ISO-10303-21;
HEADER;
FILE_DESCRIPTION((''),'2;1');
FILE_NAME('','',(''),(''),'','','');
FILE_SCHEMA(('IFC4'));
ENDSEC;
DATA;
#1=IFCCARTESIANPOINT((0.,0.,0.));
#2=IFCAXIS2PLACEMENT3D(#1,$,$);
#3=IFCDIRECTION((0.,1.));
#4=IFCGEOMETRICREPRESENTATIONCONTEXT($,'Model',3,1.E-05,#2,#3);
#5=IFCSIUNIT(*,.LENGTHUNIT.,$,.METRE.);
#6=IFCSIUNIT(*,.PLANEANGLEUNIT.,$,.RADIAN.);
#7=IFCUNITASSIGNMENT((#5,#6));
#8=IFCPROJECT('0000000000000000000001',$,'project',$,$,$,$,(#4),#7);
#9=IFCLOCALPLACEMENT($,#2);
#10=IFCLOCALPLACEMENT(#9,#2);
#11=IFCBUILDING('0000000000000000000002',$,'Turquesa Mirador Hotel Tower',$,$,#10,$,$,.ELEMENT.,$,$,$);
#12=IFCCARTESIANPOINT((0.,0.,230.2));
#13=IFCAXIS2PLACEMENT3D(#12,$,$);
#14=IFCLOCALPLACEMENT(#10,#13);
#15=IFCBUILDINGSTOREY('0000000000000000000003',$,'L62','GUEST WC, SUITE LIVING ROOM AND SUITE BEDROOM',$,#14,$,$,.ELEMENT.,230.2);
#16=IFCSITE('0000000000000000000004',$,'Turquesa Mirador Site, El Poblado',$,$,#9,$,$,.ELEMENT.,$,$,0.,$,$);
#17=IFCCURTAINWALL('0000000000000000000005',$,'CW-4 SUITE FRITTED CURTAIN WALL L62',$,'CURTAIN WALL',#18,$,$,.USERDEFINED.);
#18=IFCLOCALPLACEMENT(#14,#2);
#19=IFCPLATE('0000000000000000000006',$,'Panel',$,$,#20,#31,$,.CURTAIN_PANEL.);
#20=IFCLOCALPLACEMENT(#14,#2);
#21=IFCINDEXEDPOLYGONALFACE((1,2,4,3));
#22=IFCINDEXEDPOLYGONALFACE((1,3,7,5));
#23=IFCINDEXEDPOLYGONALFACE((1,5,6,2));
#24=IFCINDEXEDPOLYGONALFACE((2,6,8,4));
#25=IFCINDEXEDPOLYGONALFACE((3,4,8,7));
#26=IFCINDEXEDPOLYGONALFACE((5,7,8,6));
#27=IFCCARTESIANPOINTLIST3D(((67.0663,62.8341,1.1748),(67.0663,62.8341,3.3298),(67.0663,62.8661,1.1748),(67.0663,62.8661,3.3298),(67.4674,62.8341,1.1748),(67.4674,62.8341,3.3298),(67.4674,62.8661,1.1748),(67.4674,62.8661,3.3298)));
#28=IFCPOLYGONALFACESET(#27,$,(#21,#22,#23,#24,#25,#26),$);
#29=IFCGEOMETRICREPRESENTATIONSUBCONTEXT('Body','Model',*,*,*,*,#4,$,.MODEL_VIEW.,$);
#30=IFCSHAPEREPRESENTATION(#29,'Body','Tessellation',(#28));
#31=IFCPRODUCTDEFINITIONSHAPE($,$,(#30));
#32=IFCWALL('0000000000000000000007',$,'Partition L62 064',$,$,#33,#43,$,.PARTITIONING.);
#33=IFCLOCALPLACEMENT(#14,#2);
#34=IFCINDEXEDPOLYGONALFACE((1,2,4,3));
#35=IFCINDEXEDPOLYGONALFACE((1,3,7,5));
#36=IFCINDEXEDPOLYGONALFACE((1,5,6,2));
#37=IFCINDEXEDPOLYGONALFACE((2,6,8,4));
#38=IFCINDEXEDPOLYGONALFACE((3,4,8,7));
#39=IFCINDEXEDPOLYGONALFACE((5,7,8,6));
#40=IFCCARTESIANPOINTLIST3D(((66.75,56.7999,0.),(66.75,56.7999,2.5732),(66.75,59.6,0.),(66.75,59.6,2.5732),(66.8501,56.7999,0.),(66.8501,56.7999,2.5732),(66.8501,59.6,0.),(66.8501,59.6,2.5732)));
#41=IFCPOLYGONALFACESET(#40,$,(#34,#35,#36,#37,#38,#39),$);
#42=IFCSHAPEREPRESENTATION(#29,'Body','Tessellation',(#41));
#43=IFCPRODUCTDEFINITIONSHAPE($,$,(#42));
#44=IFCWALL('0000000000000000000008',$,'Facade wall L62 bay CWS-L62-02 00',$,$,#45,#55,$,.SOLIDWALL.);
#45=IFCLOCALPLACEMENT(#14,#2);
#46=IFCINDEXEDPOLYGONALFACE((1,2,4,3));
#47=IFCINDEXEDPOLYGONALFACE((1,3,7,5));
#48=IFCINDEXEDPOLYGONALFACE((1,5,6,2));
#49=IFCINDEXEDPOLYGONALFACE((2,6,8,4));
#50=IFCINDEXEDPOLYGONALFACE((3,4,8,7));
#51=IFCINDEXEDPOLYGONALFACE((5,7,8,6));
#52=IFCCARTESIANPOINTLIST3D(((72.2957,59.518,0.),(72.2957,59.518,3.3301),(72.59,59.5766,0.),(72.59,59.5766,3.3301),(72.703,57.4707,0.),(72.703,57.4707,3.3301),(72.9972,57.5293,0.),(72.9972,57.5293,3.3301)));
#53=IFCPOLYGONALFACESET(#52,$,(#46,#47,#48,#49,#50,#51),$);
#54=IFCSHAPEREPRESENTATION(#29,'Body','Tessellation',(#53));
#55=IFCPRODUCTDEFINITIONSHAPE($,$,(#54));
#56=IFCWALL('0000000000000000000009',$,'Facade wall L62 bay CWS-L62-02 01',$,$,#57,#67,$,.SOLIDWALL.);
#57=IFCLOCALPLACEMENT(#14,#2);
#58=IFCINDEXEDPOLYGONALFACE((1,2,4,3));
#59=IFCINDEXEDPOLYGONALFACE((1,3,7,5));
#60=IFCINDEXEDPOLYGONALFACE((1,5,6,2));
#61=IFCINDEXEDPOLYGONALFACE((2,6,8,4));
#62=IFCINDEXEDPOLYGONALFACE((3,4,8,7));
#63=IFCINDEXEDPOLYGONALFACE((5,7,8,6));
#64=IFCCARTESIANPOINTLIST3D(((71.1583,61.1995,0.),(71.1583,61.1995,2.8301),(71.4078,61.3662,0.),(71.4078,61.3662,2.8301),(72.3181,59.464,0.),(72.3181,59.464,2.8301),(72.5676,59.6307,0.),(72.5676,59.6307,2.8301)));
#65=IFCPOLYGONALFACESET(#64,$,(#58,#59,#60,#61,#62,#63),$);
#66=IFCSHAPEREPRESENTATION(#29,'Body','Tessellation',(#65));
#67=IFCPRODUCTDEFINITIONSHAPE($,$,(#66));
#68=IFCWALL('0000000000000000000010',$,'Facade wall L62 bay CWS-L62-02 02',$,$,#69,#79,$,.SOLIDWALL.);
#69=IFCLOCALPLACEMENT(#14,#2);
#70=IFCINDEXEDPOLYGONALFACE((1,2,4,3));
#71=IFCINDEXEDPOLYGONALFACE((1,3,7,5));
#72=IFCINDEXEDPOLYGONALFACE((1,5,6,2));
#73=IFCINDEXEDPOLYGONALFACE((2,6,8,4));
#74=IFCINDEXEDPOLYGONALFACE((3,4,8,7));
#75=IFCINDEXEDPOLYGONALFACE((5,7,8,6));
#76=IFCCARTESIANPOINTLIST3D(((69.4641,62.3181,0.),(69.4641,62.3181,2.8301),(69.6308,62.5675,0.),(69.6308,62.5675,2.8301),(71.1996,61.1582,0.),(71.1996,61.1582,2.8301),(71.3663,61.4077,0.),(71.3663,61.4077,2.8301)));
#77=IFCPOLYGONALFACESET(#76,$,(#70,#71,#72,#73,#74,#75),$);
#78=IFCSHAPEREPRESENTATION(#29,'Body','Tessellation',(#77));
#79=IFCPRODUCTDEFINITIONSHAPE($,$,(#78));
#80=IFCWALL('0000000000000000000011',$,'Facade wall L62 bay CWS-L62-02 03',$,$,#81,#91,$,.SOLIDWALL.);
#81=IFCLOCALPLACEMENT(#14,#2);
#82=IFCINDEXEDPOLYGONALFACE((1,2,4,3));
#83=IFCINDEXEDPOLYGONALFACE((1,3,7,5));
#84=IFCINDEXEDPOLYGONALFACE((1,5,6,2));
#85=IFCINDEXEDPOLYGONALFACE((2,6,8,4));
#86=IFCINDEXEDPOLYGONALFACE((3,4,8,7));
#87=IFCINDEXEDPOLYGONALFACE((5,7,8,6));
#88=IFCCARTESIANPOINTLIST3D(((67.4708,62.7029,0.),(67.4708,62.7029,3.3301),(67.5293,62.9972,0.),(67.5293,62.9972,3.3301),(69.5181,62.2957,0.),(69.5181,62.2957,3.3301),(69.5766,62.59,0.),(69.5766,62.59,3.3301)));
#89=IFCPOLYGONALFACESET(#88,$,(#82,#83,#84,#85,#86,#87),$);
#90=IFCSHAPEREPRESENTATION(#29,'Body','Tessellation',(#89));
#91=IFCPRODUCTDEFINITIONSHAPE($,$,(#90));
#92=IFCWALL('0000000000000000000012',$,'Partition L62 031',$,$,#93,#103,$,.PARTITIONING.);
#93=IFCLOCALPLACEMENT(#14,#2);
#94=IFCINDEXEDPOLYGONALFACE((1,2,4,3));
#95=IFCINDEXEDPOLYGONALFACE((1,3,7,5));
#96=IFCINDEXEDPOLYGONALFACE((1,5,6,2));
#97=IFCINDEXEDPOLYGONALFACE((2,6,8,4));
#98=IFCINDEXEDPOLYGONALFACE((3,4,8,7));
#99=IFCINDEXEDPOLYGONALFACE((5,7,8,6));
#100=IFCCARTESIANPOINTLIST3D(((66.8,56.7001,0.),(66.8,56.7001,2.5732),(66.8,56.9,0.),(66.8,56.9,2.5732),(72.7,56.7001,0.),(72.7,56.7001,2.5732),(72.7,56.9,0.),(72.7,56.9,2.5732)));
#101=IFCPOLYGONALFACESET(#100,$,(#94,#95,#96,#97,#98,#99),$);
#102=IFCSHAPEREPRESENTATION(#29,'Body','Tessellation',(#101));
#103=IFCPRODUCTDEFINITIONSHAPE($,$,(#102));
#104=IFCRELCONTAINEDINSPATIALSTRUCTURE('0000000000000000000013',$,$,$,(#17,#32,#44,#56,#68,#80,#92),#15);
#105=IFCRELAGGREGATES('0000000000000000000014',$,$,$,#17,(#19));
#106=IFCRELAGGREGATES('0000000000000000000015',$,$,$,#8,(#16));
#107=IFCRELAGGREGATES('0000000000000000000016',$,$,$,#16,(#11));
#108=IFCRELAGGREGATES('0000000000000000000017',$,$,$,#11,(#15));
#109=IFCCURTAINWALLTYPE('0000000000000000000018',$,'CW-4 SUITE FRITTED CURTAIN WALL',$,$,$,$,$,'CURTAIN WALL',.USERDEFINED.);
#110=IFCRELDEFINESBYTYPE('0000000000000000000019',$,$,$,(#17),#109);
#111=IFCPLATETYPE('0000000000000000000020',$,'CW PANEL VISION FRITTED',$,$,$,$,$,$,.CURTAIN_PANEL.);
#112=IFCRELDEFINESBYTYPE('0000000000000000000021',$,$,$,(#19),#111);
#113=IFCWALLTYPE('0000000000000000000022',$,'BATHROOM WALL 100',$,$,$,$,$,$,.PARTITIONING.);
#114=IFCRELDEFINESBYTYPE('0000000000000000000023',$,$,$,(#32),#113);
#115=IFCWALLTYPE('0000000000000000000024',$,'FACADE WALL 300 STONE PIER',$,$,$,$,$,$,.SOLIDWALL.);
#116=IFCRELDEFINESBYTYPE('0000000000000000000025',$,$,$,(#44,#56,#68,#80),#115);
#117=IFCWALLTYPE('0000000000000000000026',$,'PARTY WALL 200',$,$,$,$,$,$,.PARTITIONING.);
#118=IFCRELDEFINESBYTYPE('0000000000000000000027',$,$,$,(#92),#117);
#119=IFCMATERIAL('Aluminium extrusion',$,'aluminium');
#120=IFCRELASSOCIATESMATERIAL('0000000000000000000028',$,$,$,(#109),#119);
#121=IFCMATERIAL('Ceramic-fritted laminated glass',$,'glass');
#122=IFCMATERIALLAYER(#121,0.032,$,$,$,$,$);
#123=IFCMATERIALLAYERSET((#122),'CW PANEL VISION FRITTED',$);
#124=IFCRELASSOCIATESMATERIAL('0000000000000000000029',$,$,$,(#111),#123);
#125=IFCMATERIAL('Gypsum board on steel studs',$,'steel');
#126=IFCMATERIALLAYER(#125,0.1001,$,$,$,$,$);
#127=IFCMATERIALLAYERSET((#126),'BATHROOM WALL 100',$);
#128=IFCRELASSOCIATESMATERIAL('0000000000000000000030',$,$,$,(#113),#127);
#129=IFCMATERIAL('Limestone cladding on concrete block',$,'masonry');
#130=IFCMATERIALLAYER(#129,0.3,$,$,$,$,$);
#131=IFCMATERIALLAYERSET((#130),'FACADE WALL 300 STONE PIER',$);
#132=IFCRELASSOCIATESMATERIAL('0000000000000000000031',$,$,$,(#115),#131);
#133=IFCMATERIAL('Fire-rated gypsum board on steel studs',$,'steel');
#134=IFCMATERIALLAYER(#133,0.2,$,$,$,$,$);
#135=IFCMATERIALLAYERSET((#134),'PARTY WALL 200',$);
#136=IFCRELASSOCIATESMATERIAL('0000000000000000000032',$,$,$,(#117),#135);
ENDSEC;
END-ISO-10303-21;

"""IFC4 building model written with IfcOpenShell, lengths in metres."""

from ifc_helpers import new_model, si_unit, direction, frame, frame_2d, origin, origin_2d, place, context, subcontext, project, spatial, rectangle, extrude, material, layer, layer_set, type_object, element, aggregate, save


model = new_model("IFC4")

# Units and contexts
model_context = context("Model", 3, precision=1e-05, world=origin(), true_north=direction((0.0, 1.0)))
body_context = subcontext(model_context, "Body", "Model", "MODEL_VIEW")
ifc_project = project(units=[si_unit("LENGTHUNIT", "METRE"), si_unit("PLANEANGLEUNIT", "RADIAN")], contexts=[model_context])

# Site, building, storey
site_placement = place(None, origin())
site = spatial("IfcSite", under=ifc_project, at=site_placement, Name="Turquesa Mirador Site, El Poblado", CompositionType="ELEMENT", RefElevation=0.0)
building_placement = place(site_placement, origin())
building = spatial("IfcBuilding", under=site, at=building_placement, Name="Turquesa Mirador Hotel Tower", CompositionType="ELEMENT")
storey_placement = place(building_placement, frame((0.0, 0.0, 230.2)))
storey = spatial("IfcBuildingStorey", under=building, at=storey_placement, Name="L62", Description="GUEST WC, SUITE LIVING ROOM AND SUITE BEDROOM", CompositionType="ELEMENT", Elevation=230.2)

# Shared definitions
ifc_material_1 = material(Name="Aluminium extrusion", Category="aluminium")
curtain_wall_type = type_object("IfcCurtainWallType", Name="CW-4 SUITE FRITTED CURTAIN WALL", ElementType="CURTAIN WALL", PredefinedType="USERDEFINED", material=ifc_material_1)

# Curtain wall
curtain_wall_1_placement = place(storey_placement, origin())
curtain_wall_1 = element("IfcCurtainWall", 1, at=curtain_wall_1_placement, inside=storey, type_object=curtain_wall_type, Name="CW-4 SUITE FRITTED CURTAIN WALL L62", ObjectType="CURTAIN WALL", PredefinedType="USERDEFINED")

# Plate
ifc_material_2 = material(Name="Ceramic-fritted laminated glass", Category="glass")
ifc_layer_1 = layer(ifc_material_2, 0.032)
ifc_layer_set_1 = layer_set([ifc_layer_1], Name="CW PANEL VISION FRITTED")
plate_type_1 = type_object("IfcPlateType", Name="CW PANEL VISION FRITTED", PredefinedType="CURTAIN_PANEL", material=ifc_layer_set_1)
plate_1_placement = place(storey_placement, frame((67.2668, 62.8501, 1.1748), z_axis=(0.0, 0.0, 1.0), x_axis=(-1.0, 0.0, 0.0)))
plate_1 = element("IfcPlate", 2, at=plate_1_placement, type_object=plate_type_1, Name="Panel", PredefinedType="CURTAIN_PANEL", context=body_context, shape_type="SweptSolid", body=[
    extrude(rectangle(XDim=0.4011, YDim=0.032, at=origin_2d()), origin(), (0.0, 0.0, 1.0), 2.155),
])
aggregate(curtain_wall_1, [plate_1])

# Walls
ifc_material_3 = material(Name="Gypsum board on steel studs", Category="steel")
ifc_layer_2 = layer(ifc_material_3, 0.1001)
ifc_layer_set_2 = layer_set([ifc_layer_2], Name="BATHROOM WALL 100")
wall_type_1 = type_object("IfcWallType", Name="BATHROOM WALL 100", PredefinedType="PARTITIONING", material=ifc_layer_set_2)
wall_1_placement = place(storey_placement, frame((66.8, 56.8, 0.0), z_axis=(0.0, 0.0, 1.0), x_axis=(0.0, 1.0, 0.0)))
element("IfcWall", 3, at=wall_1_placement, inside=storey, type_object=wall_type_1, Name="Partition L62 064", PredefinedType="PARTITIONING", context=body_context, shape_type="SweptSolid", body=[
    extrude(rectangle(XDim=2.8, YDim=0.1001, at=frame_2d((1.3999, 0.0))), origin(), (0.0, 0.0, 1.0), 2.5732),
])
ifc_material_4 = material(Name="Limestone cladding on concrete block", Category="masonry")
ifc_layer_3 = layer(ifc_material_4, 0.3)
ifc_layer_set_3 = layer_set([ifc_layer_3], Name="FACADE WALL 300 STONE PIER")
wall_type_2 = type_object("IfcWallType", Name="FACADE WALL 300 STONE PIER", PredefinedType="SOLIDWALL", material=ifc_layer_set_3)
wall_2_placement = place(storey_placement, frame((72.8501, 57.5, 0.0), z_axis=(0.0, 0.0, 1.0), x_axis=(-0.195081, 0.980787, 0.0)))
element("IfcWall", 4, at=wall_2_placement, inside=storey, type_object=wall_type_2, Name="Facade wall L62 bay CWS-L62-02 00", PredefinedType="SOLIDWALL", context=body_context, shape_type="SweptSolid", body=[
    extrude(rectangle(XDim=2.0874, YDim=0.3, at=frame_2d((1.0437, 0.0))), origin(), (0.0, 0.0, 1.0), 3.3301),
])
for number, where, z_axis, x_axis, name in (
    (5, (72.4429, 59.5474, 0.0), (0.0, 0.0, 1.0), (-0.555644, 0.83142, 0.0), "Facade wall L62 bay CWS-L62-02 01"),
    (6, (71.283, 61.283, 0.0), (0.0, 0.0, 1.0), (-0.83142, 0.555644, 0.0), "Facade wall L62 bay CWS-L62-02 02"),
):
    element("IfcWall", number, at=place(storey_placement, frame(where, z_axis=z_axis, x_axis=x_axis)), inside=storey, type_object=wall_type_2, Name=name, PredefinedType="SOLIDWALL", context=body_context, shape_type="SweptSolid", body=[
        extrude(rectangle(XDim=2.0874, YDim=0.3, at=frame_2d((1.0437, 0.0))), origin(), (0.0, 0.0, 1.0), 2.8301),
    ])
wall_3_placement = place(storey_placement, frame((69.5474, 62.4429, 0.0), z_axis=(0.0, 0.0, 1.0), x_axis=(-0.980787, 0.195081, 0.0)))
element("IfcWall", 7, at=wall_3_placement, inside=storey, type_object=wall_type_2, Name="Facade wall L62 bay CWS-L62-02 03", PredefinedType="SOLIDWALL", context=body_context, shape_type="SweptSolid", body=[
    extrude(rectangle(XDim=2.0874, YDim=0.3, at=frame_2d((1.0437, 0.0))), origin(), (0.0, 0.0, 1.0), 3.3301),
])
ifc_material_5 = material(Name="Fire-rated gypsum board on steel studs", Category="steel")
ifc_layer_4 = layer(ifc_material_5, 0.2)
ifc_layer_set_4 = layer_set([ifc_layer_4], Name="PARTY WALL 200")
wall_type_3 = type_object("IfcWallType", Name="PARTY WALL 200", PredefinedType="PARTITIONING", material=ifc_layer_set_4)
wall_4_placement = place(storey_placement, frame((66.8, 56.8, 0.0), z_axis=(0.0, 0.0, 1.0), x_axis=(1.0, 0.0, 0.0)))
element("IfcWall", 8, at=wall_4_placement, inside=storey, type_object=wall_type_3, Name="Partition L62 031", PredefinedType="PARTITIONING", context=body_context, shape_type="SweptSolid", body=[
    extrude(rectangle(XDim=5.8999, YDim=0.2, at=frame_2d((2.95, 0.0))), origin(), (0.0, 0.0, 1.0), 2.5732),
])

save(model, "model.ifc")
